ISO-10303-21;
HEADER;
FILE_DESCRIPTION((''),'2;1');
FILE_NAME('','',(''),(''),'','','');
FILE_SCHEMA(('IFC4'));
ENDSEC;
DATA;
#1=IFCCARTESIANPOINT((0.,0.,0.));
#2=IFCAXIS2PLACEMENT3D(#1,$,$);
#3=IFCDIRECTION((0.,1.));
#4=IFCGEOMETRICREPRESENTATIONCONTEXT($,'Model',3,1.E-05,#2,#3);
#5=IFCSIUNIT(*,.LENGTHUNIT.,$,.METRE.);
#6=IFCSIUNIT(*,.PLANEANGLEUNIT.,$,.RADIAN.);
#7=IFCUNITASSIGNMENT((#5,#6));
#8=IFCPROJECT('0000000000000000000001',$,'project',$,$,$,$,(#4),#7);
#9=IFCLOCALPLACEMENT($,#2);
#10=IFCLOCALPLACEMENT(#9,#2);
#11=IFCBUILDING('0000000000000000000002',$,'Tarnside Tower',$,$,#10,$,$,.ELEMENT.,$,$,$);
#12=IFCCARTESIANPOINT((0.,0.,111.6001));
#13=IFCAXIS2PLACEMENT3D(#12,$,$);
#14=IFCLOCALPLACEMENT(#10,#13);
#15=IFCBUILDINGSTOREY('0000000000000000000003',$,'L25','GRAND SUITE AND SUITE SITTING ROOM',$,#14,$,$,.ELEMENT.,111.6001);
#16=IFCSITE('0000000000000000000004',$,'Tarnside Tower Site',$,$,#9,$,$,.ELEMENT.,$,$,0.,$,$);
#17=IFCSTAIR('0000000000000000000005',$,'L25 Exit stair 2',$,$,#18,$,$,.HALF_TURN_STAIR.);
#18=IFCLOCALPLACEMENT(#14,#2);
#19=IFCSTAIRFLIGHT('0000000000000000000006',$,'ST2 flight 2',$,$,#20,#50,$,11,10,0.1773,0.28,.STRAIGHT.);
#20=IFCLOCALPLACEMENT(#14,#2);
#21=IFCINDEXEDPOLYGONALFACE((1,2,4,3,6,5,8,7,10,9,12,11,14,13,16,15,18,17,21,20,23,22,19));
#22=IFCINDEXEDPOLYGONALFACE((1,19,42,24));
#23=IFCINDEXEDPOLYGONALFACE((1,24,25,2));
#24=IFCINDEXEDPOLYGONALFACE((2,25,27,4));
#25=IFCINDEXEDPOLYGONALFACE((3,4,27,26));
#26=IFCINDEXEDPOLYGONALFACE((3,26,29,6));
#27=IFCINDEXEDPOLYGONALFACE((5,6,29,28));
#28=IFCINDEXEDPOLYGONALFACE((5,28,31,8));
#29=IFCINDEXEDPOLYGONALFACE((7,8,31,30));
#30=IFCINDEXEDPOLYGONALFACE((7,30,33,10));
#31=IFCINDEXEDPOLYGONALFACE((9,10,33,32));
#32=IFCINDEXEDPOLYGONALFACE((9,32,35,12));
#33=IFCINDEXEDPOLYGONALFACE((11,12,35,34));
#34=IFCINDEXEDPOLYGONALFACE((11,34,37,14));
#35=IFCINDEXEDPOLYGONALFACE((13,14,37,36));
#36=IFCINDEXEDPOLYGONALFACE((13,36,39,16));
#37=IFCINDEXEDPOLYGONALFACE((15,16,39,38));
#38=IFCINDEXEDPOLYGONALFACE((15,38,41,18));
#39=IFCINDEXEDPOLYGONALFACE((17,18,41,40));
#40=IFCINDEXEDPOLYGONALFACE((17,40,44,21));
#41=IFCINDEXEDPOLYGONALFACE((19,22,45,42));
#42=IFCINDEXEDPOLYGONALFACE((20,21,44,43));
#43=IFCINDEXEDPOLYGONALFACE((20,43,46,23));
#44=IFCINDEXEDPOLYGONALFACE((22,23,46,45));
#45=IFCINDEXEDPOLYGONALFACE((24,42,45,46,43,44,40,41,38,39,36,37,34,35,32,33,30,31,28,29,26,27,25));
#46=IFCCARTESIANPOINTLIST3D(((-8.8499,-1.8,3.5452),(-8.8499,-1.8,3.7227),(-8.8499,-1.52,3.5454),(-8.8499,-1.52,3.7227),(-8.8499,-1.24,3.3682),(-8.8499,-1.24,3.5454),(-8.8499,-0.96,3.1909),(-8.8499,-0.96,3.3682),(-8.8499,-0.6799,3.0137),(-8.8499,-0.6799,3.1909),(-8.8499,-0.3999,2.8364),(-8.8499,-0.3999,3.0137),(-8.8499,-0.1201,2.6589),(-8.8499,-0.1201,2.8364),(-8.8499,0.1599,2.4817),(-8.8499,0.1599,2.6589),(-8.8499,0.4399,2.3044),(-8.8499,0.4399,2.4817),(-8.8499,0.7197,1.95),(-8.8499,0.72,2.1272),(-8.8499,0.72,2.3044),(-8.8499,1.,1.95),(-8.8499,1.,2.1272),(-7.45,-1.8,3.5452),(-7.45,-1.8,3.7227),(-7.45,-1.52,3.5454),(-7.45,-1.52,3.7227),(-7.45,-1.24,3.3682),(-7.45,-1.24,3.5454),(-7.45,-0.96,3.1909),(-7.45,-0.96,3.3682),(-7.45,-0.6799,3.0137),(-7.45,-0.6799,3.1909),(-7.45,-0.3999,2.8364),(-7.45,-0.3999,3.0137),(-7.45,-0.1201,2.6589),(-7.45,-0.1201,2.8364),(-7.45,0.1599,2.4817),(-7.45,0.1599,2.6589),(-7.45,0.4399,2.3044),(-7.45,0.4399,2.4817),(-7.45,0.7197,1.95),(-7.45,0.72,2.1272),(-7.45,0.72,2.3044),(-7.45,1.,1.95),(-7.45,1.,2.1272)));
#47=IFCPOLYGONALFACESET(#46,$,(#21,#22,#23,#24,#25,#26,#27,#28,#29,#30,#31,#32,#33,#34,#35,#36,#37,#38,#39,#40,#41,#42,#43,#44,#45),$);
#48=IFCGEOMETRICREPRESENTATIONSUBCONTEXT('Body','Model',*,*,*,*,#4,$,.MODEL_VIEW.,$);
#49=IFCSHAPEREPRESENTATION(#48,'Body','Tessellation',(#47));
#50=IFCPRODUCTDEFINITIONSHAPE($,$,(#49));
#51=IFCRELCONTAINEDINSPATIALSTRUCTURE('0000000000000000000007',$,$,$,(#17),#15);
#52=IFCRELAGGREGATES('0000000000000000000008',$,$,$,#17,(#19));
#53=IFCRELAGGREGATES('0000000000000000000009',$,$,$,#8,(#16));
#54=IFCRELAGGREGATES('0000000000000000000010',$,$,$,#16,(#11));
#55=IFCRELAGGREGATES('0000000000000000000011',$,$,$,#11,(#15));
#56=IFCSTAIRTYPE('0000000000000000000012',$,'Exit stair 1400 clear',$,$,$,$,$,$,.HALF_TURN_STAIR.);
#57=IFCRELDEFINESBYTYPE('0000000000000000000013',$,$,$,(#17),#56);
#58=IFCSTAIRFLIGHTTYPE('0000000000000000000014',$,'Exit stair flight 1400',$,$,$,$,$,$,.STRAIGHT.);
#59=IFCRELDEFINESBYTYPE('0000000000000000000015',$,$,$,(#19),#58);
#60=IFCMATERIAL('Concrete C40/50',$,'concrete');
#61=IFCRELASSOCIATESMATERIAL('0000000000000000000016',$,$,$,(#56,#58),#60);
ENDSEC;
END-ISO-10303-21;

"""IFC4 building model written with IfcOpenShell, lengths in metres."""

from ifc_helpers import new_model, si_unit, direction, frame, origin, place, context, subcontext, project, spatial, polyline, outline, extrude, material, type_object, element, aggregate, save


model = new_model("IFC4")

# Units and contexts
model_context = context("Model", 3, precision=1e-05, world=origin(), true_north=direction((0.0, 1.0)))
body_context = subcontext(model_context, "Body", "Model", "MODEL_VIEW")
ifc_project = project(units=[si_unit("LENGTHUNIT", "METRE"), si_unit("PLANEANGLEUNIT", "RADIAN")], contexts=[model_context])

# Site, building, storey
site_placement = place(None, origin())
site = spatial("IfcSite", under=ifc_project, at=site_placement, Name="Tarnside Tower Site", CompositionType="ELEMENT", RefElevation=0.0)
building_placement = place(site_placement, origin())
building = spatial("IfcBuilding", under=site, at=building_placement, Name="Tarnside Tower", CompositionType="ELEMENT")
storey_placement = place(building_placement, frame((0.0, 0.0, 111.6001)))
storey = spatial("IfcBuildingStorey", under=building, at=storey_placement, Name="L25", Description="GRAND SUITE AND SUITE SITTING ROOM", CompositionType="ELEMENT", Elevation=111.6001)

# Shared definitions
ifc_material_1 = material(Name="Concrete C40/50", Category="concrete")

# Stair
stair_type = type_object("IfcStairType", Name="Exit stair 1400 clear", PredefinedType="HALF_TURN_STAIR", material=ifc_material_1)
stair_1_placement = place(storey_placement, origin())
stair_1 = element("IfcStair", 1, at=stair_1_placement, inside=storey, type_object=stair_type, Name="L25 Exit stair 2", PredefinedType="HALF_TURN_STAIR")

# Stair flight
stair_flight_type = type_object("IfcStairFlightType", Name="Exit stair flight 1400", PredefinedType="STRAIGHT", material=ifc_material_1)
stair_flight_placement = place(storey_placement, frame((-8.1499, 1.0, 1.95), z_axis=(0.0, 0.0, 1.0), x_axis=(0.0, -1.0, 0.0)))
stair_flight = element("IfcStairFlight", 2, at=stair_flight_placement, type_object=stair_flight_type, Name="ST2 flight 2", NumberOfRisers=11, NumberOfTreads=10, PredefinedType="STRAIGHT", RiserHeight=0.1773, TreadLength=0.28, context=body_context, shape_type="SweptSolid", body=[
    extrude(outline(polyline([(0.0, 0.0), (0.0, 0.1772), (0.28, 0.1772), (0.28, 0.3545), (0.5601, 0.3545), (0.5601, 0.5317), (0.8401, 0.5317), (0.8401, 0.709), (1.1201, 0.709), (1.1201, 0.8865), (1.3999, 0.8865), (1.3999, 1.0637), (1.6799, 1.0637), (1.6799, 1.241), (1.96, 1.241), (1.96, 1.4182), (2.24, 1.4182), (2.24, 1.5955), (2.52, 1.5955), (2.52, 1.7727), (2.8, 1.7727), (2.8, 1.95), (2.8, 1.5952), (0.2803, 0.0), (0.0, 0.0)])), frame((0.0, 0.7, 0.0), z_axis=(0.0, -1.0, 0.0), x_axis=(1.0, 0.0, 0.0)), (0.0, 0.0, 1.0), 1.3999),
])
aggregate(stair_1, [stair_flight])

save(model, "model.ifc")
